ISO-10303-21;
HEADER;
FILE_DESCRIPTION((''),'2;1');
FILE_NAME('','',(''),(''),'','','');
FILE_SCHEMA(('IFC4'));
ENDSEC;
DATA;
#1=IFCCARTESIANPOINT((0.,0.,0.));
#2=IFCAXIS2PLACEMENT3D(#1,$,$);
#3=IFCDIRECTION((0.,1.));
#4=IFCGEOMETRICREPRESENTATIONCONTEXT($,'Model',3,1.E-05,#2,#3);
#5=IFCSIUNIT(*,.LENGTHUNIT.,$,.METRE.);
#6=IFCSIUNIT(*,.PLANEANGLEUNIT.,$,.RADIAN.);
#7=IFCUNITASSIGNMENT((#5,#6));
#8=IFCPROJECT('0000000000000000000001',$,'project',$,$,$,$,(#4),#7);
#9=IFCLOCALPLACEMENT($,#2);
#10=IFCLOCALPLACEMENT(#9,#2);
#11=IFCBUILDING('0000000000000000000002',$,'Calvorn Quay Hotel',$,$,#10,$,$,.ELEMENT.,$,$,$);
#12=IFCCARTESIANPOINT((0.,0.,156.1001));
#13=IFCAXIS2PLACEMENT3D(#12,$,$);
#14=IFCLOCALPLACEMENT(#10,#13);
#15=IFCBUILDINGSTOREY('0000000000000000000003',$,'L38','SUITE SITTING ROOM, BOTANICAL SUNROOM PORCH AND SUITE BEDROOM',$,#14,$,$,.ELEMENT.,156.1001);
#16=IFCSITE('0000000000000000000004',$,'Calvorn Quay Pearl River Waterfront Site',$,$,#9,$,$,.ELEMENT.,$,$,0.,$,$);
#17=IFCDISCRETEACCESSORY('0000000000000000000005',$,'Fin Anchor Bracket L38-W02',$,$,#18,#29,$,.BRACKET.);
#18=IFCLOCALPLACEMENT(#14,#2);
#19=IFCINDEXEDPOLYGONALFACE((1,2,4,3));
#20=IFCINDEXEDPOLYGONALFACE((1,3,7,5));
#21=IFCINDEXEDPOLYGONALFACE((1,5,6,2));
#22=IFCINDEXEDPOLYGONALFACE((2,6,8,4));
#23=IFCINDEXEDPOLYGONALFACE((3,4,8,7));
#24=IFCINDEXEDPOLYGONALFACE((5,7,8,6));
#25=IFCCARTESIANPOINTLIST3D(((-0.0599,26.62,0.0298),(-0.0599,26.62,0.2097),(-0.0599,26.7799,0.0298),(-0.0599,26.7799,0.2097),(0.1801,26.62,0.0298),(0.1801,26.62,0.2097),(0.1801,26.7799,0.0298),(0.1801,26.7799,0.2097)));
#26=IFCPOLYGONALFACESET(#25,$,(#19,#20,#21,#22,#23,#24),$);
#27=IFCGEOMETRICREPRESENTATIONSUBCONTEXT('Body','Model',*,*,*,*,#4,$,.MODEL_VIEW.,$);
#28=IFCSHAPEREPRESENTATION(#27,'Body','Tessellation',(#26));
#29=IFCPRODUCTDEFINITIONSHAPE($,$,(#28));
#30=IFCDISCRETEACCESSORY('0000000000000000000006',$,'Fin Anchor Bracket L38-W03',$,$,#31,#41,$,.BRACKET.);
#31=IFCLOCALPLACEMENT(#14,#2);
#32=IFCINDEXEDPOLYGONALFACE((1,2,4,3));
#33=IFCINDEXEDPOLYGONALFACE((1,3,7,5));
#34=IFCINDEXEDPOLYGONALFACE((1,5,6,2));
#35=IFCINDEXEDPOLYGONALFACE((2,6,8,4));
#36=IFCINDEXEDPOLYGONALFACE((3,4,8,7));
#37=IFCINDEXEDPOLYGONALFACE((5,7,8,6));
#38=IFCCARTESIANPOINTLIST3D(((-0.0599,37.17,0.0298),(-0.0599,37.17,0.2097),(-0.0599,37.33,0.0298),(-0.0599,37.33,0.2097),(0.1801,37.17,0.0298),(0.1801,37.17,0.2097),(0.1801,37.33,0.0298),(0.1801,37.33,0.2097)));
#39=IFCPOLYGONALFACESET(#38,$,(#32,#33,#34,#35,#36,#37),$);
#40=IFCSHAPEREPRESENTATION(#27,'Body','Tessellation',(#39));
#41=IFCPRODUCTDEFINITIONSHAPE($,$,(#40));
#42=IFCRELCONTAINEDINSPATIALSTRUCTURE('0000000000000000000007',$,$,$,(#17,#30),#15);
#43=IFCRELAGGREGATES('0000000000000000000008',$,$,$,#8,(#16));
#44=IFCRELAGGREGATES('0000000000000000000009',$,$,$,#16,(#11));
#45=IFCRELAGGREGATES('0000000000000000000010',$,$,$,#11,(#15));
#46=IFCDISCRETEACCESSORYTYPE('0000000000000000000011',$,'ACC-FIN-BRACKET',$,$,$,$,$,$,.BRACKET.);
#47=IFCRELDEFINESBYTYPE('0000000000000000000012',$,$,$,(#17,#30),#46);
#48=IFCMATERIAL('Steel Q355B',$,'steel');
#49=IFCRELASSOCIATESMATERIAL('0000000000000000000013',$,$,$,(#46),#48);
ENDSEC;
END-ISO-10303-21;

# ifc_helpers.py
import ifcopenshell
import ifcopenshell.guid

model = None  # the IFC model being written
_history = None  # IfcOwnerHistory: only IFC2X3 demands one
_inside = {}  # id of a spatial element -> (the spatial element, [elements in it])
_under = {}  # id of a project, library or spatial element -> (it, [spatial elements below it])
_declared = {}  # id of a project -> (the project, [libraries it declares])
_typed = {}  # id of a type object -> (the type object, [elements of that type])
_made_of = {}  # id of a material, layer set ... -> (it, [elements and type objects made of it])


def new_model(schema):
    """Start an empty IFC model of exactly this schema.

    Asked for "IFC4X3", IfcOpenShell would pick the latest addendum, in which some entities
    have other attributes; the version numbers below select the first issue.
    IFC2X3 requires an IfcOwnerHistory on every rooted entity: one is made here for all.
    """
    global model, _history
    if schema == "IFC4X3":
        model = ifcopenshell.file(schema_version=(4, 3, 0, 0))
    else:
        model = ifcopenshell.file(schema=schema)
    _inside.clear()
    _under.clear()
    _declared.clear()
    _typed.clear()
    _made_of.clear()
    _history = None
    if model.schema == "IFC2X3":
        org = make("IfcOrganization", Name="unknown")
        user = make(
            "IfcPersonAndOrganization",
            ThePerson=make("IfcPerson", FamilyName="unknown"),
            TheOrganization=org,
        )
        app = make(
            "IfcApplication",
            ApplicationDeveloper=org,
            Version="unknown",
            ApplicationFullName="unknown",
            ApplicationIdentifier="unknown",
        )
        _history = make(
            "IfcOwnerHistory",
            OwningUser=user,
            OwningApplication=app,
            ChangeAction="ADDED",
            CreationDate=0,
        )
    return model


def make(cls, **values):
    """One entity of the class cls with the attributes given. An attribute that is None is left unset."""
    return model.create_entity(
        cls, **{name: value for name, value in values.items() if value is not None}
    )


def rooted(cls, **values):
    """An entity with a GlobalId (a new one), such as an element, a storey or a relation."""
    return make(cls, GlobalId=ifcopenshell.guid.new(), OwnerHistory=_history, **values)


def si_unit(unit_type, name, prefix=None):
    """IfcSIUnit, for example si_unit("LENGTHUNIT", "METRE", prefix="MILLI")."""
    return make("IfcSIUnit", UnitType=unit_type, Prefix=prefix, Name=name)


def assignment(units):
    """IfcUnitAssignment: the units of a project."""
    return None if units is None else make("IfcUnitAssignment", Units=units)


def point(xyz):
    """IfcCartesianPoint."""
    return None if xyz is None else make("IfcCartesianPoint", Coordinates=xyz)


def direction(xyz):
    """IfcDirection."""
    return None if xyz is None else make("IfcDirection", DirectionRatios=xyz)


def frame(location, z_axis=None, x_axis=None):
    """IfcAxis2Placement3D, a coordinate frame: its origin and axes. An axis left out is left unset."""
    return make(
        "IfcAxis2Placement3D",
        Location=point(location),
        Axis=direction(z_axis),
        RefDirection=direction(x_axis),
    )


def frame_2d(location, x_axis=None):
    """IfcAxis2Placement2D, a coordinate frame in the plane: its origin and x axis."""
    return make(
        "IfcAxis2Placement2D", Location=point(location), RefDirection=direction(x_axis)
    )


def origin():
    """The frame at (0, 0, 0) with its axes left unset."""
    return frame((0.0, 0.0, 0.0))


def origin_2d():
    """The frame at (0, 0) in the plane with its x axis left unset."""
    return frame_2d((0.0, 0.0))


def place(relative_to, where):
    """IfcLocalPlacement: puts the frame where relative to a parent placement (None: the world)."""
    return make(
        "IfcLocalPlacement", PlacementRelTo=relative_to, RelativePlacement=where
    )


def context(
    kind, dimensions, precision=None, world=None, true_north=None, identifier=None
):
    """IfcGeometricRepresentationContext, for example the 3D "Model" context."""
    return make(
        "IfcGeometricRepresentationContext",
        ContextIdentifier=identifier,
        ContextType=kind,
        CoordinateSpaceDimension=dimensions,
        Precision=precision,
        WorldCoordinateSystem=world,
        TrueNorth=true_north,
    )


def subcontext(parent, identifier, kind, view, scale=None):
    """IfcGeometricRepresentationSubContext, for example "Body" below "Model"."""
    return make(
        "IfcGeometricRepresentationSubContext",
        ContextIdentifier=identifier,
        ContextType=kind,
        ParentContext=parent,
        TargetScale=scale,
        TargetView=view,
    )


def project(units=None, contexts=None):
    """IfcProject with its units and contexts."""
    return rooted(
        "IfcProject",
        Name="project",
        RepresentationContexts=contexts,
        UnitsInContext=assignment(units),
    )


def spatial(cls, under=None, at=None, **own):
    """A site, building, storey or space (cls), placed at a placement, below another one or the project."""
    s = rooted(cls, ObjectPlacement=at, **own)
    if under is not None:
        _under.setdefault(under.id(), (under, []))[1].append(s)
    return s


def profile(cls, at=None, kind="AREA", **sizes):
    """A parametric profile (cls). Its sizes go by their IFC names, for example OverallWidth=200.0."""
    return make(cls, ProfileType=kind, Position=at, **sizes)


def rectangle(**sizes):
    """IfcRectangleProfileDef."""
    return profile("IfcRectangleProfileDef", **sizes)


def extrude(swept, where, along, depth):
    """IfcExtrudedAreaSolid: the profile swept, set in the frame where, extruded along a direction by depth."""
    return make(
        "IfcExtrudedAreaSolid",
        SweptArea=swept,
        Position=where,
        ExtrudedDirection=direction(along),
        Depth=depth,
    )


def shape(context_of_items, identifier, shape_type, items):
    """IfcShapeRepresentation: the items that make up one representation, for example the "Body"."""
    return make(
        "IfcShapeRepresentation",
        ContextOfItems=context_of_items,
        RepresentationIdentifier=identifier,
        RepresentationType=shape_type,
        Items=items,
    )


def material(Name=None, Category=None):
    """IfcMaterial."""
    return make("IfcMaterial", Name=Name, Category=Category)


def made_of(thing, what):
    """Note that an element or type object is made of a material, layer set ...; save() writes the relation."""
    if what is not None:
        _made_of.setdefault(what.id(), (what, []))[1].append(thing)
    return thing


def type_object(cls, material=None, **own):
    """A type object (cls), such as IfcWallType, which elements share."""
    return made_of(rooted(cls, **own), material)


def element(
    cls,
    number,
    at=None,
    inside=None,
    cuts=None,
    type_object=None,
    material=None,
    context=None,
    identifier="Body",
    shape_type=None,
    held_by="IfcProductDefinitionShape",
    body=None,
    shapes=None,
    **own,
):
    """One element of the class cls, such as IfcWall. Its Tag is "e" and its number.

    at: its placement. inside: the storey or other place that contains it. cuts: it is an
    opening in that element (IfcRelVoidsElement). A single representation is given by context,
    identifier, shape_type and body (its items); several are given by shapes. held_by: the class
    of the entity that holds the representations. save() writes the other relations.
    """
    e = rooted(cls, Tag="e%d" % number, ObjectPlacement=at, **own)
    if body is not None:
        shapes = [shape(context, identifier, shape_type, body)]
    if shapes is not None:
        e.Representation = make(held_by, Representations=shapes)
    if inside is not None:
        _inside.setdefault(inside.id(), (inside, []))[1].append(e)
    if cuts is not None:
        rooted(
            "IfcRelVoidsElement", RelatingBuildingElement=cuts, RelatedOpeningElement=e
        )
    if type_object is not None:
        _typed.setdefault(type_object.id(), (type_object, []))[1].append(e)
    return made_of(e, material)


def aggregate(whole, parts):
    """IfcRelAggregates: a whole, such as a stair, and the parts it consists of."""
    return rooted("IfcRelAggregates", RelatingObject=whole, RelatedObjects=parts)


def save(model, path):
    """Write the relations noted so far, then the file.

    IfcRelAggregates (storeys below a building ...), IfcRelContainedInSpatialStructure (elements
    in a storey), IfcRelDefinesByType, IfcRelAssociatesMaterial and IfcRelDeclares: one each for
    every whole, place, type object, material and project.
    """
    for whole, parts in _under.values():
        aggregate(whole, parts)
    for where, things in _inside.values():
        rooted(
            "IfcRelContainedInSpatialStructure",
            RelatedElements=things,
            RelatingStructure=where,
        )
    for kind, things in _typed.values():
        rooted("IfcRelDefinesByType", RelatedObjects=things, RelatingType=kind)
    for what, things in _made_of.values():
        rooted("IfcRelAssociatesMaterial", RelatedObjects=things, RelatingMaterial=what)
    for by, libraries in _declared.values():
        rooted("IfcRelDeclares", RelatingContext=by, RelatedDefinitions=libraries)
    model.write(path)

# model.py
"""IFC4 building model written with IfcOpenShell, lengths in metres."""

from ifc_helpers import new_model, si_unit, direction, frame, origin, origin_2d, place, context, subcontext, project, spatial, rectangle, extrude, material, type_object, element, save


model = new_model("IFC4")

# Units and contexts
model_context = context("Model", 3, precision=1e-05, world=origin(), true_north=direction((0.0, 1.0)))
body_context = subcontext(model_context, "Body", "Model", "MODEL_VIEW")
ifc_project = project(units=[si_unit("LENGTHUNIT", "METRE"), si_unit("PLANEANGLEUNIT", "RADIAN")], contexts=[model_context])

# Site, building, storey
site_placement = place(None, origin())
site = spatial("IfcSite", under=ifc_project, at=site_placement, Name="Calvorn Quay Pearl River Waterfront Site", CompositionType="ELEMENT", RefElevation=0.0)
building_placement = place(site_placement, origin())
building = spatial("IfcBuilding", under=site, at=building_placement, Name="Calvorn Quay Hotel", CompositionType="ELEMENT")
storey_placement = place(building_placement, frame((0.0, 0.0, 156.1001)))
storey = spatial("IfcBuildingStorey", under=building, at=storey_placement, Name="L38", Description="SUITE SITTING ROOM, BOTANICAL SUNROOM PORCH AND SUITE BEDROOM", CompositionType="ELEMENT", Elevation=156.1001)

# Discrete accessories
ifc_material_1 = material(Name="Steel Q355B", Category="steel")
discrete_accessory_type = type_object("IfcDiscreteAccessoryType", Name="ACC-FIN-BRACKET", PredefinedType="BRACKET", material=ifc_material_1)
for number, where, z_axis, x_axis, name in (
    (1, (0.0601, 26.7, 0.0298), (0.0, 0.0, 1.0), (1.0, 0.0, 0.0), "Fin Anchor Bracket L38-W02"),
    (2, (0.0601, 37.25, 0.0298), (0.0, 0.0, 1.0), (1.0, 0.0, 0.0), "Fin Anchor Bracket L38-W03"),
):
    element("IfcDiscreteAccessory", number, at=place(storey_placement, frame(where, z_axis=z_axis, x_axis=x_axis)), inside=storey, type_object=discrete_accessory_type, Name=name, PredefinedType="BRACKET", context=body_context, shape_type="SweptSolid", body=[
        extrude(rectangle(XDim=0.24, YDim=0.1599, at=origin_2d()), origin(), (0.0, 0.0, 1.0), 0.1799),
    ])

save(model, "model.ifc")
